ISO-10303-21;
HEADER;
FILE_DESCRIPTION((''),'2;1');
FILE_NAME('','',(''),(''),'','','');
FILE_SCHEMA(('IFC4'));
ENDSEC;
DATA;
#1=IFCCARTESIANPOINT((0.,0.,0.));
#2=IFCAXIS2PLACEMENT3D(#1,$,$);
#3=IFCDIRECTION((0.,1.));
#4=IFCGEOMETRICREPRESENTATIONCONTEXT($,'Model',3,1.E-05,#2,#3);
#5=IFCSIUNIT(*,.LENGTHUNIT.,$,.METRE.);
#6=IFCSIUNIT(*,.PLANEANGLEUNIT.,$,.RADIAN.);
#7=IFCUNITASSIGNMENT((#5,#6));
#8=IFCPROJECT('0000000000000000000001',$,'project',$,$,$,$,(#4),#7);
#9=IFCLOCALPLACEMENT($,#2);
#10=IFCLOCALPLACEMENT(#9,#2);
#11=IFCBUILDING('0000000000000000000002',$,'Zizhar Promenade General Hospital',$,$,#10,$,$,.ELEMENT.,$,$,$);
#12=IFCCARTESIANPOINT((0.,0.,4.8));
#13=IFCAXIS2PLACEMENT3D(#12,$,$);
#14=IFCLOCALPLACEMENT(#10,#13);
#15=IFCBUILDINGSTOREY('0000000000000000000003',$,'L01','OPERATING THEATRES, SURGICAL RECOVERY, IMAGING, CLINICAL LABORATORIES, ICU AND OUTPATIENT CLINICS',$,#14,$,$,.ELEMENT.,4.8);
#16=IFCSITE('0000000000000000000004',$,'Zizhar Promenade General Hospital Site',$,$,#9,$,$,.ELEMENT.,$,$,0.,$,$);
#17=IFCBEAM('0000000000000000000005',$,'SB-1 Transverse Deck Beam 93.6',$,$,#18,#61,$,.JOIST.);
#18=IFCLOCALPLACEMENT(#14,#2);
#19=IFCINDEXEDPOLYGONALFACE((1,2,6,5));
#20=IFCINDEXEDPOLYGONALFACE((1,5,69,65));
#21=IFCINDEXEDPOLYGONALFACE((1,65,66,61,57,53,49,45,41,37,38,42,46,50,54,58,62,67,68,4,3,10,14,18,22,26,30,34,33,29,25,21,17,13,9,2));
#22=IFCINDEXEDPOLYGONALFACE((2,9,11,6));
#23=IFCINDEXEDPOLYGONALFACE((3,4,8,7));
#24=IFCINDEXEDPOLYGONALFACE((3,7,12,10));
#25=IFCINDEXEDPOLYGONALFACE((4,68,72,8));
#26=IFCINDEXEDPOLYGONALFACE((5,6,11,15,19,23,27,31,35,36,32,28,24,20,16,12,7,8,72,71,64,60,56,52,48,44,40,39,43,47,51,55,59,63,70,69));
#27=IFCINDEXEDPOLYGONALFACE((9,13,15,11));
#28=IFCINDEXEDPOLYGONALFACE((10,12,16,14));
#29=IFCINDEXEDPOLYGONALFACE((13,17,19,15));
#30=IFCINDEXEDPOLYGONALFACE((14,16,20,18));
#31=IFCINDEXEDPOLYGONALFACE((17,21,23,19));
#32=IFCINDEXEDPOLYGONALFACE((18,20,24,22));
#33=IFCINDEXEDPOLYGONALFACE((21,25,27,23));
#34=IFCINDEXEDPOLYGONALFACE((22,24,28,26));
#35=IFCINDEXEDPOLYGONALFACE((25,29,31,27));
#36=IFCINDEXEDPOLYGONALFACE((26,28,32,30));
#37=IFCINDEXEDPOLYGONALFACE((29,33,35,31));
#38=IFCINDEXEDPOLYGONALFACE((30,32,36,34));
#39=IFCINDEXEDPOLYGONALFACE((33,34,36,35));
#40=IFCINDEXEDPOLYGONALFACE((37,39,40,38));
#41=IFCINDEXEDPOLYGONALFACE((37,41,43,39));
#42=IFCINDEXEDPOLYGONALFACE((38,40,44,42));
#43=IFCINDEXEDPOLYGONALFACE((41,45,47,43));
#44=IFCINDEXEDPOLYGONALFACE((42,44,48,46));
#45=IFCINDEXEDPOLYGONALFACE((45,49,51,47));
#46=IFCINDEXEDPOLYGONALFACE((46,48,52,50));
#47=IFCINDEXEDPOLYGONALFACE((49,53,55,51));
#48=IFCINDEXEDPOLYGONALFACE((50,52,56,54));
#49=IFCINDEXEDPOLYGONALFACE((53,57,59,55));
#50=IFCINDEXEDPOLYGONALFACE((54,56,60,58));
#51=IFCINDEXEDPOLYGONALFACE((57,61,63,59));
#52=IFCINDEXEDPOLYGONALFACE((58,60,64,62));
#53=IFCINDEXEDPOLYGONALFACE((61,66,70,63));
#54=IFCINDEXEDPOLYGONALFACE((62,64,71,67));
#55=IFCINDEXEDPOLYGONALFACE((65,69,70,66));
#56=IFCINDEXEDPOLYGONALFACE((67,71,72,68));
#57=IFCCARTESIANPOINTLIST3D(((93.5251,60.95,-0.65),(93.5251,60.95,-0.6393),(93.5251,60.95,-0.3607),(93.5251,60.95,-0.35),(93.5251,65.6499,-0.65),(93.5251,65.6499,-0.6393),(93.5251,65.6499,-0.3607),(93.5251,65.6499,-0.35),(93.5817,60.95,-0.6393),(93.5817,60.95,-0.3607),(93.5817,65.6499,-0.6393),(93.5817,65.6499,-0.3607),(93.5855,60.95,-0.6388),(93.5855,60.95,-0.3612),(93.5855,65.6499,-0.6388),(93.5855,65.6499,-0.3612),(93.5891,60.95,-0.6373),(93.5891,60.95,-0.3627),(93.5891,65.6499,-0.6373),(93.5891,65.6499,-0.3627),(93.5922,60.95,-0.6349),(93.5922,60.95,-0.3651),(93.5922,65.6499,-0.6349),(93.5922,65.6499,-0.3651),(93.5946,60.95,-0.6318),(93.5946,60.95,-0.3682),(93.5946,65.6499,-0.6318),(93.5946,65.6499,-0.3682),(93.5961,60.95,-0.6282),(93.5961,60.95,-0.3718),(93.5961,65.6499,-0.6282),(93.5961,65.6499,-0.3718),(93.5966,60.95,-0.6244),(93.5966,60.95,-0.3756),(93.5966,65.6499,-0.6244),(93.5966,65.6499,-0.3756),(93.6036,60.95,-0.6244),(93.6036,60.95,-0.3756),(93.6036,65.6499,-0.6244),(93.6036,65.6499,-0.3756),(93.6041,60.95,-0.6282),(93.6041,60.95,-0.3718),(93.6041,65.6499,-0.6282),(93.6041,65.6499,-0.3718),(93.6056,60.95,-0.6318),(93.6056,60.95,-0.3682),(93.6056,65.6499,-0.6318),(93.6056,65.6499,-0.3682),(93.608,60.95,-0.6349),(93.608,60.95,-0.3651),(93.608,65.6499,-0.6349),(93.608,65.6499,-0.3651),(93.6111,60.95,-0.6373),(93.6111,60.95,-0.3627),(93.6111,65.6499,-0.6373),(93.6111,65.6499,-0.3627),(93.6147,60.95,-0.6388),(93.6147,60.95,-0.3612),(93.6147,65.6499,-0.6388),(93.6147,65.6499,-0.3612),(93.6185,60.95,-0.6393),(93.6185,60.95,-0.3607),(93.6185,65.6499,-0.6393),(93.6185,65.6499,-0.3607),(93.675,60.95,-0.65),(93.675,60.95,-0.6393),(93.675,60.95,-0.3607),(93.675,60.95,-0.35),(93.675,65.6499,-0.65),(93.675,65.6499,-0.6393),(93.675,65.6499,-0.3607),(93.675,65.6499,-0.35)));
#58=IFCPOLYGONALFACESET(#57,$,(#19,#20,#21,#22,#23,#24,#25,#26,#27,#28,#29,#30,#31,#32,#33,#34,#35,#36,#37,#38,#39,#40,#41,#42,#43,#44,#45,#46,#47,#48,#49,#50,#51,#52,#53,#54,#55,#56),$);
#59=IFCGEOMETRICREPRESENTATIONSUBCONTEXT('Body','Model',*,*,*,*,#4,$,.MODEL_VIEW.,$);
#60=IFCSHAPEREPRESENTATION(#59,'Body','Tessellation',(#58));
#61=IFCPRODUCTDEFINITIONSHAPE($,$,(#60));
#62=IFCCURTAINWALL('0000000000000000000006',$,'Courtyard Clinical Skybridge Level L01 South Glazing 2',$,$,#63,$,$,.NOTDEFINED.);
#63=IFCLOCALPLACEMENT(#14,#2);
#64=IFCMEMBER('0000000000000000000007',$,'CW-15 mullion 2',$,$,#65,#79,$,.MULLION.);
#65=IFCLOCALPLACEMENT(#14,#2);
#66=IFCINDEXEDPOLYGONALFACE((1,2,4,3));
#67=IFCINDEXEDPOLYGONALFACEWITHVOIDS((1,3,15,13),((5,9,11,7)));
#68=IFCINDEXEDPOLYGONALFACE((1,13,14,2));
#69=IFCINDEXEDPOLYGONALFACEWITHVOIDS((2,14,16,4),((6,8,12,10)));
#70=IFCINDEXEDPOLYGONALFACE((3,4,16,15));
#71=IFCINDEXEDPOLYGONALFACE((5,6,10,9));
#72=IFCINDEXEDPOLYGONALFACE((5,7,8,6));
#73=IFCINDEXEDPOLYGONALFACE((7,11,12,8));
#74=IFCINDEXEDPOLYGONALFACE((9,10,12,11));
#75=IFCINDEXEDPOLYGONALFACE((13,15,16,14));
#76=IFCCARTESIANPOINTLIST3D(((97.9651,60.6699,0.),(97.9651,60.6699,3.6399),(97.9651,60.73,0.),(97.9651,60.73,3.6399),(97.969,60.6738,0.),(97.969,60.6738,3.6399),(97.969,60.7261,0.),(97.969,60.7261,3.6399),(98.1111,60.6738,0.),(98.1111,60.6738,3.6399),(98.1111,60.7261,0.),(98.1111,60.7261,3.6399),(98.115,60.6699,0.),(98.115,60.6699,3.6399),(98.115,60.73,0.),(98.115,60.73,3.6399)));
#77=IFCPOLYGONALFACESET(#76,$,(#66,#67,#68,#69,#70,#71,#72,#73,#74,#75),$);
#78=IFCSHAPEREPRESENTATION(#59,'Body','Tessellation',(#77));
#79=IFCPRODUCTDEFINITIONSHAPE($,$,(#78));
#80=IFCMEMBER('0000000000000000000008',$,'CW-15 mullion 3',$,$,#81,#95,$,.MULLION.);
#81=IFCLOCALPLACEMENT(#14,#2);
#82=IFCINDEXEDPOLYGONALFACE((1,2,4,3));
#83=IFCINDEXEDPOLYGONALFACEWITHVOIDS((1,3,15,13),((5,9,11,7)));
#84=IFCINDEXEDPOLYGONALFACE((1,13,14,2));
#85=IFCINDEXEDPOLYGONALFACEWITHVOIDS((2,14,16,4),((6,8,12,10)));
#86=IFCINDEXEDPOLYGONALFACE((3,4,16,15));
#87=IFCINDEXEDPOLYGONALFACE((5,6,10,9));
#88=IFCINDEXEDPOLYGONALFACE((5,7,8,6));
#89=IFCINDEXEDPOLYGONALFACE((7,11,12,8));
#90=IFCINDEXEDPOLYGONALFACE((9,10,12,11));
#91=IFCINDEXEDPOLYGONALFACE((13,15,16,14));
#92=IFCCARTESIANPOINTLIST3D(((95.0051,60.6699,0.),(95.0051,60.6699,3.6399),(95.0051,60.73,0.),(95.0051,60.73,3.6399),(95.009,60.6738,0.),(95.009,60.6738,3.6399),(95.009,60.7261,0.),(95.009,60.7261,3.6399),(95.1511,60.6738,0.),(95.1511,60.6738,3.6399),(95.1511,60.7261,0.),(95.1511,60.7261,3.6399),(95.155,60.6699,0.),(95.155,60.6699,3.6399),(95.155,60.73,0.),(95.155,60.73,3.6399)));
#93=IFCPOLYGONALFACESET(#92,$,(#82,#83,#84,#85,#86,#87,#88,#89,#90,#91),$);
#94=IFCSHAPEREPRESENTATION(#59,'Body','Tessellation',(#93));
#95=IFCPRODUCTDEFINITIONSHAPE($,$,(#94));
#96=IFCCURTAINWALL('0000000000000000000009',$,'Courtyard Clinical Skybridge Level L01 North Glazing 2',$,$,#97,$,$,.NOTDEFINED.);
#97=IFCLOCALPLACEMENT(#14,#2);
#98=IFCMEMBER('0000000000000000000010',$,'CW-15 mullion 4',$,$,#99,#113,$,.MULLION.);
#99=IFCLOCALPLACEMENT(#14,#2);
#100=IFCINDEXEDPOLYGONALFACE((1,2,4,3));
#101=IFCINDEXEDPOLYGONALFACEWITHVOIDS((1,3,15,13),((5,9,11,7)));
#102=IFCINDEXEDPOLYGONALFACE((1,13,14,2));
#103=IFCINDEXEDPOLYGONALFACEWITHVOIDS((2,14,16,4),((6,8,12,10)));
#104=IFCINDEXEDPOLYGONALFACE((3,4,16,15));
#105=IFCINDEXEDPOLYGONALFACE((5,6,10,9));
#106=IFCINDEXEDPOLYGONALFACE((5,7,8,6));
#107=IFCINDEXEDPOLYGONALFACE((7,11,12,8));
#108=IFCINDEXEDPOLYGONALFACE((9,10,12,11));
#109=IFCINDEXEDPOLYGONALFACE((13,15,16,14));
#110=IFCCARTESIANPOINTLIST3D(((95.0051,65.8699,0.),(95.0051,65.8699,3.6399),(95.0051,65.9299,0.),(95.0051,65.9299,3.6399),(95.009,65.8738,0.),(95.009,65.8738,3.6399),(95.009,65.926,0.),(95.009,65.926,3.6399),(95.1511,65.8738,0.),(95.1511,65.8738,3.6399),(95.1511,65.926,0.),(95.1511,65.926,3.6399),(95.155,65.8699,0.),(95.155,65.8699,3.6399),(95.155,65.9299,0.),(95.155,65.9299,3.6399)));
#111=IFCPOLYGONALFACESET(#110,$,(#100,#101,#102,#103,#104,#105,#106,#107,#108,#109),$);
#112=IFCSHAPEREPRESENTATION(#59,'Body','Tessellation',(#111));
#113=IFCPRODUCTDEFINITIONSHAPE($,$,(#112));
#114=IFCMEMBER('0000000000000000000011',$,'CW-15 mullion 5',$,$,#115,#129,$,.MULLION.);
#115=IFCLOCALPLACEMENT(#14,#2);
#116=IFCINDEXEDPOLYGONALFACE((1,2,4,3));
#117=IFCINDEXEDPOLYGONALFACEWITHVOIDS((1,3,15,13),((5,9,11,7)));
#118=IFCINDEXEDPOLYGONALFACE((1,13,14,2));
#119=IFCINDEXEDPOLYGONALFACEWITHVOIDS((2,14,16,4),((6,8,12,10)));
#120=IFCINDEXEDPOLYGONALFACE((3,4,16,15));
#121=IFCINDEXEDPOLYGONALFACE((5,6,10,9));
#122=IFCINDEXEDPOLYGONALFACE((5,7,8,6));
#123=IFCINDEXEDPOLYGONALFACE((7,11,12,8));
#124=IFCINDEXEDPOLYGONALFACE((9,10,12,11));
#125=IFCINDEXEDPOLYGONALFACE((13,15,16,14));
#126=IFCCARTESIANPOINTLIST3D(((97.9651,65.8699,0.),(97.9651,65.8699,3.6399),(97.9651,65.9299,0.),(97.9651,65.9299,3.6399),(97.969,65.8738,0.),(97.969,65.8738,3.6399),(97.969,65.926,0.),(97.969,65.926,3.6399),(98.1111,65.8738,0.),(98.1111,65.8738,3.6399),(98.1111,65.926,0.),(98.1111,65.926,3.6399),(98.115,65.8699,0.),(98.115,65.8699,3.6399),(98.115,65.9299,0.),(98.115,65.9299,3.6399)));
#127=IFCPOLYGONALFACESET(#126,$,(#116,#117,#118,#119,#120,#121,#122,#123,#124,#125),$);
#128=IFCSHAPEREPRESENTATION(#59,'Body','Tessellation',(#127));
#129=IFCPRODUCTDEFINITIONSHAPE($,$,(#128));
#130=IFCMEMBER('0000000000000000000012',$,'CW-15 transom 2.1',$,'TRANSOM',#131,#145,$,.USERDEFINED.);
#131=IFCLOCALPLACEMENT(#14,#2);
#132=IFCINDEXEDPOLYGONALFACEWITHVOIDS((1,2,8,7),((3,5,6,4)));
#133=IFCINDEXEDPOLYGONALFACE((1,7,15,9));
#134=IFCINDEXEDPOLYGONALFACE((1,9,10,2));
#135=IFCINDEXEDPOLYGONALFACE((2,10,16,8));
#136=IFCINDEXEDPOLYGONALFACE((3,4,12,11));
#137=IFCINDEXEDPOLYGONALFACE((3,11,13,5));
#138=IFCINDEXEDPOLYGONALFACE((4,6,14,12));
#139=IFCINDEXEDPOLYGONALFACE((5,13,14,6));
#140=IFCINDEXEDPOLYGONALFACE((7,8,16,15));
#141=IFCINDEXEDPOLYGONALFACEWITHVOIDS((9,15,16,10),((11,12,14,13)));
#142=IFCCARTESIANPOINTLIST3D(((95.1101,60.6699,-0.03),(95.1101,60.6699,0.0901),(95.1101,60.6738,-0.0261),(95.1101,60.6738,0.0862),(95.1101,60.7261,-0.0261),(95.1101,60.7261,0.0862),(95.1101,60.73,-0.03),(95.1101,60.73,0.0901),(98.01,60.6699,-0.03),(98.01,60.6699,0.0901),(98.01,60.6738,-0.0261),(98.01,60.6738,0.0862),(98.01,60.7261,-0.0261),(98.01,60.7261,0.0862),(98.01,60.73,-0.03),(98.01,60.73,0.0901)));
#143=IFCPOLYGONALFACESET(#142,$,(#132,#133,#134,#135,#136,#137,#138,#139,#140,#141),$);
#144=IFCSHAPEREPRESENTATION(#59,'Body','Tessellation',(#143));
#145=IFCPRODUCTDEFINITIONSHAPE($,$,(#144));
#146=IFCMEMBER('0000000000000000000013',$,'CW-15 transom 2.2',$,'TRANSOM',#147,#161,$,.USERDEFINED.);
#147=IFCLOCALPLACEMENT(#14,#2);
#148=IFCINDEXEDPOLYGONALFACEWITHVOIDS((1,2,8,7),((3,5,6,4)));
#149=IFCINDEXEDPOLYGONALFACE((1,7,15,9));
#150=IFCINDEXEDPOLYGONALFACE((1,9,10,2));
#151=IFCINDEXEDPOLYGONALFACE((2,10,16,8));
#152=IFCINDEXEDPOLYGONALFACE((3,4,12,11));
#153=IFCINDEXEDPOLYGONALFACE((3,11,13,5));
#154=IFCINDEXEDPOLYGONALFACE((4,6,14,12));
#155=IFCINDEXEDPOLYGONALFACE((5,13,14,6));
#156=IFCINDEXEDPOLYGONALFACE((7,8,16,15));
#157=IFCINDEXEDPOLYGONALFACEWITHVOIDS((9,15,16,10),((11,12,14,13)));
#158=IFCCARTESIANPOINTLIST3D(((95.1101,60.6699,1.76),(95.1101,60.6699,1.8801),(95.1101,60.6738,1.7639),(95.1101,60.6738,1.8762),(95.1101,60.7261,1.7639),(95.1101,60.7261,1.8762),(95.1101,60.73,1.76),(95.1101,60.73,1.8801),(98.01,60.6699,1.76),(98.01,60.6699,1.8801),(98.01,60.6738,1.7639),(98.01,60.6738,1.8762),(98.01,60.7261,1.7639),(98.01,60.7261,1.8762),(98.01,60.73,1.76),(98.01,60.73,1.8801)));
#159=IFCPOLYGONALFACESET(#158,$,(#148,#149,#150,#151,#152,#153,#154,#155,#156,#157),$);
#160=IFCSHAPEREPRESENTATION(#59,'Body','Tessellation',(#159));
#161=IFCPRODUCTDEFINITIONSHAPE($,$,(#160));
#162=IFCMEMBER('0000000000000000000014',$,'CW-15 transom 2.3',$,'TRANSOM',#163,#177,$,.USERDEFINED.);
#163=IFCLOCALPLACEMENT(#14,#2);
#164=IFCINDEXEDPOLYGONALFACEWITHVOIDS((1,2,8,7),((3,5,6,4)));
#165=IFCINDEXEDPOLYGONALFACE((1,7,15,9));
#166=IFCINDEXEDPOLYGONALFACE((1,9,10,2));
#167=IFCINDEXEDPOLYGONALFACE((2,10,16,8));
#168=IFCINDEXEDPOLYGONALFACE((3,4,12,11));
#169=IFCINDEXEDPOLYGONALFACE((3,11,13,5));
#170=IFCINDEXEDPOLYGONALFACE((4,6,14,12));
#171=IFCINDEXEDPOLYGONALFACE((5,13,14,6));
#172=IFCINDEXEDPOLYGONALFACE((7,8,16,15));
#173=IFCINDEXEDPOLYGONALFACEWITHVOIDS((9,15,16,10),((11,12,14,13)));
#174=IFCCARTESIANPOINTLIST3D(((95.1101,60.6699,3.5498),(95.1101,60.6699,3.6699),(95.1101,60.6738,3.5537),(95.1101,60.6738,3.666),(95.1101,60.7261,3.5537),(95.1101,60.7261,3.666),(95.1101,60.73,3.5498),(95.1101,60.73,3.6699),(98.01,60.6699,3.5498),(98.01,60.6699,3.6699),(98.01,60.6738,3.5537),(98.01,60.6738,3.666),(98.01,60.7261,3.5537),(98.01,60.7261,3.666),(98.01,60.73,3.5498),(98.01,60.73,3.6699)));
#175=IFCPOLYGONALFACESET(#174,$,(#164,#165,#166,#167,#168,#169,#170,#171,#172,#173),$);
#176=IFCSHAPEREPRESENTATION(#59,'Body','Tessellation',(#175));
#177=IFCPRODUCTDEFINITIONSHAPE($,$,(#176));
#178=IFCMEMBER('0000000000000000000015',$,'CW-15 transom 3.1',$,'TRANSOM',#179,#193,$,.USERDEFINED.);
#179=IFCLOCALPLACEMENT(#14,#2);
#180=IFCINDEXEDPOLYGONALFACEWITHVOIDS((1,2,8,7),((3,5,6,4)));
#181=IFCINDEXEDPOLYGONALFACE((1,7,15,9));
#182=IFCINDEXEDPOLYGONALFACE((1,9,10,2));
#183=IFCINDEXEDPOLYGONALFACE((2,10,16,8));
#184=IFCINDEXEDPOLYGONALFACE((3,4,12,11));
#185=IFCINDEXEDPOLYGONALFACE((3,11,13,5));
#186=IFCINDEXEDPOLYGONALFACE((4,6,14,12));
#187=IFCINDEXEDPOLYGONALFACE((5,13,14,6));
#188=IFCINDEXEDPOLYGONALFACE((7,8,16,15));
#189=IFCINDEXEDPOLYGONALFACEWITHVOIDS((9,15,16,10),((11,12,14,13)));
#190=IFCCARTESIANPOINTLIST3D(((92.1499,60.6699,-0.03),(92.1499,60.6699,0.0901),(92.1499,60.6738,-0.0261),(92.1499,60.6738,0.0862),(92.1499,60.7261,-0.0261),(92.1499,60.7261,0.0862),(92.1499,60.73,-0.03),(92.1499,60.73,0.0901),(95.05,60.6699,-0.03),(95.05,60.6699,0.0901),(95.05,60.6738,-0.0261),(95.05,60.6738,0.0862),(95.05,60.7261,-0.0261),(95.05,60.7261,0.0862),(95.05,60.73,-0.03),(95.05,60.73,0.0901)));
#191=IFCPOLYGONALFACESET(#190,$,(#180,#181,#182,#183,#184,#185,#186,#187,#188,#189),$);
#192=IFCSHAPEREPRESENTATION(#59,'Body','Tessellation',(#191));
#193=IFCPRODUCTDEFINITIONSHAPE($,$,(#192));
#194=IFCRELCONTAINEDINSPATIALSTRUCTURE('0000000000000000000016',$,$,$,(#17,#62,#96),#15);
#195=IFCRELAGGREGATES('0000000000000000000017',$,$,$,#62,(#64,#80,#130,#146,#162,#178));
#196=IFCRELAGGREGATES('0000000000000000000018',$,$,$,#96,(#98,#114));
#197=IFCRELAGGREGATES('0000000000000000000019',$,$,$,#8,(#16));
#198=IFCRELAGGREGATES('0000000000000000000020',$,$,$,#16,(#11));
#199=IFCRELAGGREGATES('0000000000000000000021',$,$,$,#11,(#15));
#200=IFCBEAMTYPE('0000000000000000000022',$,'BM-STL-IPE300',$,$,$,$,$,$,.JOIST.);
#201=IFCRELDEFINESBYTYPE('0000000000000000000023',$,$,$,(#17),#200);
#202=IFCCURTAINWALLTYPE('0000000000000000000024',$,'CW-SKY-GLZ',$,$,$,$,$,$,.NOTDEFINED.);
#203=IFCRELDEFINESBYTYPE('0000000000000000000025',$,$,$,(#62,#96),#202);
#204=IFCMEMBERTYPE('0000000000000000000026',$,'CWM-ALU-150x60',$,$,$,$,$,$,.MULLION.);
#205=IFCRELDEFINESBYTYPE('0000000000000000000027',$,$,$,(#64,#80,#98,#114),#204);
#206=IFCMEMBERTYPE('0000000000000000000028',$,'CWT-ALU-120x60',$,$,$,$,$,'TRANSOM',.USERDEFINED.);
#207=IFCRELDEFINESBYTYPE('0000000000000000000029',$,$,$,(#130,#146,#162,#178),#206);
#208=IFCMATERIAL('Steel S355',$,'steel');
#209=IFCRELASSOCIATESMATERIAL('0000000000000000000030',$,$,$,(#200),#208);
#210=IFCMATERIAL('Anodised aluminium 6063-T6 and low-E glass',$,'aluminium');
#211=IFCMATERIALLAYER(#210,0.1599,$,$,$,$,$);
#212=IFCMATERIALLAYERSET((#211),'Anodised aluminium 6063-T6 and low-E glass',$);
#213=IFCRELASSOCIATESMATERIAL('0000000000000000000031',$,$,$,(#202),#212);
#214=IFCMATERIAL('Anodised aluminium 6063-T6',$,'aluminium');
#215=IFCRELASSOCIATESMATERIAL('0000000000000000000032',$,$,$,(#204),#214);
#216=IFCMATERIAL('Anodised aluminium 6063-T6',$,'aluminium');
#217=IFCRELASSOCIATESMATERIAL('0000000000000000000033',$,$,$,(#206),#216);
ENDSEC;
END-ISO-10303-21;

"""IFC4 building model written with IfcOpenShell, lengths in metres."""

from ifc_helpers import new_model, si_unit, direction, frame, origin, origin_2d, place, context, subcontext, project, spatial, hollow_rectangle, i_section, extrude, material, layer, layer_set, material_profile, profile_set, type_object, element, aggregate, save


model = new_model("IFC4")

# Units and contexts
model_context = context("Model", 3, precision=1e-05, world=origin(), true_north=direction((0.0, 1.0)))
body_context = subcontext(model_context, "Body", "Model", "MODEL_VIEW")
ifc_project = project(units=[si_unit("LENGTHUNIT", "METRE"), si_unit("PLANEANGLEUNIT", "RADIAN")], contexts=[model_context])

# Site, building, storey
site_placement = place(None, origin())
site = spatial("IfcSite", under=ifc_project, at=site_placement, Name="Zizhar Promenade General Hospital Site", CompositionType="ELEMENT", RefElevation=0.0)
building_placement = place(site_placement, origin())
building = spatial("IfcBuilding", under=site, at=building_placement, Name="Zizhar Promenade General Hospital", CompositionType="ELEMENT")
storey_placement = place(building_placement, frame((0.0, 0.0, 4.8)))
storey = spatial("IfcBuildingStorey", under=building, at=storey_placement, Name="L01", Description="OPERATING THEATRES, SURGICAL RECOVERY, IMAGING, CLINICAL LABORATORIES, ICU AND OUTPATIENT CLINICS", CompositionType="ELEMENT", Elevation=4.8)

# Beam
ifc_material_1 = material(Name="Steel S355", Category="steel")
ifc_material_profile_1 = material_profile(ifc_material_1, i_section(OverallWidth=0.1499, OverallDepth=0.3, WebThickness=0.0071, FlangeThickness=0.0107, FilletRadius=0.0149, at=origin_2d()))
ifc_profile_set_1 = profile_set([ifc_material_profile_1], Name="Steel S355")
beam_type = type_object("IfcBeamType", Name="BM-STL-IPE300", PredefinedType="JOIST", material=ifc_profile_set_1)
beam_placement = place(storey_placement, frame((93.6001, 60.95, -0.5), z_axis=(0.0, 1.0, 0.0), x_axis=(-1.0, 0.0, 0.0)))
element("IfcBeam", 1, at=beam_placement, inside=storey, type_object=beam_type, Name="SB-1 Transverse Deck Beam 93.6", PredefinedType="JOIST", context=body_context, shape_type="SweptSolid", body=[
    extrude(i_section(OverallWidth=0.1499, OverallDepth=0.3, WebThickness=0.0071, FlangeThickness=0.0107, FilletRadius=0.0149, at=origin_2d()), origin(), (0.0, 0.0, 1.0), 4.7),
])

# Curtain walls, members
ifc_material_2 = material(Name="Anodised aluminium 6063-T6 and low-E glass", Category="aluminium")
ifc_layer_1 = layer(ifc_material_2, 0.1599)
ifc_layer_set_1 = layer_set([ifc_layer_1], Name="Anodised aluminium 6063-T6 and low-E glass")
curtain_wall_type = type_object("IfcCurtainWallType", Name="CW-SKY-GLZ", PredefinedType="NOTDEFINED", material=ifc_layer_set_1)
curtain_wall_1_placement = place(storey_placement, origin())
curtain_wall_1 = element("IfcCurtainWall", 2, at=curtain_wall_1_placement, inside=storey, type_object=curtain_wall_type, Name="Courtyard Clinical Skybridge Level L01 South Glazing 2", PredefinedType="NOTDEFINED")
ifc_material_3 = material(Name="Anodised aluminium 6063-T6", Category="aluminium")
ifc_material_profile_2 = material_profile(ifc_material_3, hollow_rectangle(XDim=0.0601, YDim=0.1499, WallThickness=0.0039, at=origin_2d()))
ifc_profile_set_2 = profile_set([ifc_material_profile_2], Name="Anodised aluminium 6063-T6")
member_type_1 = type_object("IfcMemberType", Name="CWM-ALU-150x60", PredefinedType="MULLION", material=ifc_profile_set_2)
member_1_placement = place(storey_placement, frame((98.04, 60.7, 0.0), z_axis=(0.0, 0.0, 1.0), x_axis=(0.0, -1.0, 0.0)))
member_1 = element("IfcMember", 3, at=member_1_placement, type_object=member_type_1, Name="CW-15 mullion 2", PredefinedType="MULLION", context=body_context, shape_type="SweptSolid", body=[
    extrude(hollow_rectangle(XDim=0.0601, YDim=0.1499, WallThickness=0.0039, at=origin_2d()), origin(), (0.0, 0.0, 1.0), 3.6399),
])
member_2_placement = place(storey_placement, frame((95.0801, 60.7, 0.0), z_axis=(0.0, 0.0, 1.0), x_axis=(0.0, -1.0, 0.0)))
member_2 = element("IfcMember", 4, at=member_2_placement, type_object=member_type_1, Name="CW-15 mullion 3", PredefinedType="MULLION", context=body_context, shape_type="SweptSolid", body=[
    extrude(hollow_rectangle(XDim=0.0601, YDim=0.1499, WallThickness=0.0039, at=origin_2d()), origin(), (0.0, 0.0, 1.0), 3.6399),
])
curtain_wall_2_placement = place(storey_placement, origin())
curtain_wall_2 = element("IfcCurtainWall", 5, at=curtain_wall_2_placement, inside=storey, type_object=curtain_wall_type, Name="Courtyard Clinical Skybridge Level L01 North Glazing 2", PredefinedType="NOTDEFINED")
member_3_placement = place(storey_placement, frame((95.0801, 65.8999, 0.0), z_axis=(0.0, 0.0, 1.0), x_axis=(0.0, 1.0, 0.0)))
member_3 = element("IfcMember", 6, at=member_3_placement, type_object=member_type_1, Name="CW-15 mullion 4", PredefinedType="MULLION", context=body_context, shape_type="SweptSolid", body=[
    extrude(hollow_rectangle(XDim=0.0601, YDim=0.1499, WallThickness=0.0039, at=origin_2d()), origin(), (0.0, 0.0, 1.0), 3.6399),
])
member_4_placement = place(storey_placement, frame((98.04, 65.8999, 0.0), z_axis=(0.0, 0.0, 1.0), x_axis=(0.0, 1.0, 0.0)))
member_4 = element("IfcMember", 7, at=member_4_placement, type_object=member_type_1, Name="CW-15 mullion 5", PredefinedType="MULLION", context=body_context, shape_type="SweptSolid", body=[
    extrude(hollow_rectangle(XDim=0.0601, YDim=0.1499, WallThickness=0.0039, at=origin_2d()), origin(), (0.0, 0.0, 1.0), 3.6399),
])

# Members
ifc_material_4 = material(Name="Anodised aluminium 6063-T6", Category="aluminium")
ifc_material_profile_3 = material_profile(ifc_material_4, hollow_rectangle(XDim=0.0601, YDim=0.1201, WallThickness=0.0039, at=origin_2d()))
ifc_profile_set_3 = profile_set([ifc_material_profile_3], Name="Anodised aluminium 6063-T6")
member_type_2 = type_object("IfcMemberType", Name="CWT-ALU-120x60", ElementType="TRANSOM", PredefinedType="USERDEFINED", material=ifc_profile_set_3)
member_5_placement = place(storey_placement, frame((98.01, 60.7, 0.03), z_axis=(-1.0, 0.0, 0.0), x_axis=(0.0, -1.0, 0.0)))
member_5 = element("IfcMember", 8, at=member_5_placement, type_object=member_type_2, Name="CW-15 transom 2.1", ObjectType="TRANSOM", PredefinedType="USERDEFINED", context=body_context, shape_type="SweptSolid", body=[
    extrude(hollow_rectangle(XDim=0.0601, YDim=0.1201, WallThickness=0.0039, at=origin_2d()), origin(), (0.0, 0.0, 1.0), 2.8999),
])
member_6_placement = place(storey_placement, frame((98.01, 60.7, 1.8201), z_axis=(-1.0, 0.0, 0.0), x_axis=(0.0, -1.0, 0.0)))
member_6 = element("IfcMember", 9, at=member_6_placement, type_object=member_type_2, Name="CW-15 transom 2.2", ObjectType="TRANSOM", PredefinedType="USERDEFINED", context=body_context, shape_type="SweptSolid", body=[
    extrude(hollow_rectangle(XDim=0.0601, YDim=0.1201, WallThickness=0.0039, at=origin_2d()), origin(), (0.0, 0.0, 1.0), 2.8999),
])
member_7_placement = place(storey_placement, frame((98.01, 60.7, 3.6099), z_axis=(-1.0, 0.0, 0.0), x_axis=(0.0, -1.0, 0.0)))
member_7 = element("IfcMember", 10, at=member_7_placement, type_object=member_type_2, Name="CW-15 transom 2.3", ObjectType="TRANSOM", PredefinedType="USERDEFINED", context=body_context, shape_type="SweptSolid", body=[
    extrude(hollow_rectangle(XDim=0.0601, YDim=0.1201, WallThickness=0.0039, at=origin_2d()), origin(), (0.0, 0.0, 1.0), 2.8999),
])
member_8_placement = place(storey_placement, frame((95.05, 60.7, 0.03), z_axis=(-1.0, 0.0, 0.0), x_axis=(0.0, -1.0, 0.0)))
member_8 = element("IfcMember", 11, at=member_8_placement, type_object=member_type_2, Name="CW-15 transom 3.1", ObjectType="TRANSOM", PredefinedType="USERDEFINED", context=body_context, shape_type="SweptSolid", body=[
    extrude(hollow_rectangle(XDim=0.0601, YDim=0.1201, WallThickness=0.0039, at=origin_2d()), origin(), (0.0, 0.0, 1.0), 2.9001),
])

aggregate(curtain_wall_1, [member_1, member_2, member_5, member_6, member_7, member_8])
aggregate(curtain_wall_2, [member_3, member_4])

save(model, "model.ifc")
